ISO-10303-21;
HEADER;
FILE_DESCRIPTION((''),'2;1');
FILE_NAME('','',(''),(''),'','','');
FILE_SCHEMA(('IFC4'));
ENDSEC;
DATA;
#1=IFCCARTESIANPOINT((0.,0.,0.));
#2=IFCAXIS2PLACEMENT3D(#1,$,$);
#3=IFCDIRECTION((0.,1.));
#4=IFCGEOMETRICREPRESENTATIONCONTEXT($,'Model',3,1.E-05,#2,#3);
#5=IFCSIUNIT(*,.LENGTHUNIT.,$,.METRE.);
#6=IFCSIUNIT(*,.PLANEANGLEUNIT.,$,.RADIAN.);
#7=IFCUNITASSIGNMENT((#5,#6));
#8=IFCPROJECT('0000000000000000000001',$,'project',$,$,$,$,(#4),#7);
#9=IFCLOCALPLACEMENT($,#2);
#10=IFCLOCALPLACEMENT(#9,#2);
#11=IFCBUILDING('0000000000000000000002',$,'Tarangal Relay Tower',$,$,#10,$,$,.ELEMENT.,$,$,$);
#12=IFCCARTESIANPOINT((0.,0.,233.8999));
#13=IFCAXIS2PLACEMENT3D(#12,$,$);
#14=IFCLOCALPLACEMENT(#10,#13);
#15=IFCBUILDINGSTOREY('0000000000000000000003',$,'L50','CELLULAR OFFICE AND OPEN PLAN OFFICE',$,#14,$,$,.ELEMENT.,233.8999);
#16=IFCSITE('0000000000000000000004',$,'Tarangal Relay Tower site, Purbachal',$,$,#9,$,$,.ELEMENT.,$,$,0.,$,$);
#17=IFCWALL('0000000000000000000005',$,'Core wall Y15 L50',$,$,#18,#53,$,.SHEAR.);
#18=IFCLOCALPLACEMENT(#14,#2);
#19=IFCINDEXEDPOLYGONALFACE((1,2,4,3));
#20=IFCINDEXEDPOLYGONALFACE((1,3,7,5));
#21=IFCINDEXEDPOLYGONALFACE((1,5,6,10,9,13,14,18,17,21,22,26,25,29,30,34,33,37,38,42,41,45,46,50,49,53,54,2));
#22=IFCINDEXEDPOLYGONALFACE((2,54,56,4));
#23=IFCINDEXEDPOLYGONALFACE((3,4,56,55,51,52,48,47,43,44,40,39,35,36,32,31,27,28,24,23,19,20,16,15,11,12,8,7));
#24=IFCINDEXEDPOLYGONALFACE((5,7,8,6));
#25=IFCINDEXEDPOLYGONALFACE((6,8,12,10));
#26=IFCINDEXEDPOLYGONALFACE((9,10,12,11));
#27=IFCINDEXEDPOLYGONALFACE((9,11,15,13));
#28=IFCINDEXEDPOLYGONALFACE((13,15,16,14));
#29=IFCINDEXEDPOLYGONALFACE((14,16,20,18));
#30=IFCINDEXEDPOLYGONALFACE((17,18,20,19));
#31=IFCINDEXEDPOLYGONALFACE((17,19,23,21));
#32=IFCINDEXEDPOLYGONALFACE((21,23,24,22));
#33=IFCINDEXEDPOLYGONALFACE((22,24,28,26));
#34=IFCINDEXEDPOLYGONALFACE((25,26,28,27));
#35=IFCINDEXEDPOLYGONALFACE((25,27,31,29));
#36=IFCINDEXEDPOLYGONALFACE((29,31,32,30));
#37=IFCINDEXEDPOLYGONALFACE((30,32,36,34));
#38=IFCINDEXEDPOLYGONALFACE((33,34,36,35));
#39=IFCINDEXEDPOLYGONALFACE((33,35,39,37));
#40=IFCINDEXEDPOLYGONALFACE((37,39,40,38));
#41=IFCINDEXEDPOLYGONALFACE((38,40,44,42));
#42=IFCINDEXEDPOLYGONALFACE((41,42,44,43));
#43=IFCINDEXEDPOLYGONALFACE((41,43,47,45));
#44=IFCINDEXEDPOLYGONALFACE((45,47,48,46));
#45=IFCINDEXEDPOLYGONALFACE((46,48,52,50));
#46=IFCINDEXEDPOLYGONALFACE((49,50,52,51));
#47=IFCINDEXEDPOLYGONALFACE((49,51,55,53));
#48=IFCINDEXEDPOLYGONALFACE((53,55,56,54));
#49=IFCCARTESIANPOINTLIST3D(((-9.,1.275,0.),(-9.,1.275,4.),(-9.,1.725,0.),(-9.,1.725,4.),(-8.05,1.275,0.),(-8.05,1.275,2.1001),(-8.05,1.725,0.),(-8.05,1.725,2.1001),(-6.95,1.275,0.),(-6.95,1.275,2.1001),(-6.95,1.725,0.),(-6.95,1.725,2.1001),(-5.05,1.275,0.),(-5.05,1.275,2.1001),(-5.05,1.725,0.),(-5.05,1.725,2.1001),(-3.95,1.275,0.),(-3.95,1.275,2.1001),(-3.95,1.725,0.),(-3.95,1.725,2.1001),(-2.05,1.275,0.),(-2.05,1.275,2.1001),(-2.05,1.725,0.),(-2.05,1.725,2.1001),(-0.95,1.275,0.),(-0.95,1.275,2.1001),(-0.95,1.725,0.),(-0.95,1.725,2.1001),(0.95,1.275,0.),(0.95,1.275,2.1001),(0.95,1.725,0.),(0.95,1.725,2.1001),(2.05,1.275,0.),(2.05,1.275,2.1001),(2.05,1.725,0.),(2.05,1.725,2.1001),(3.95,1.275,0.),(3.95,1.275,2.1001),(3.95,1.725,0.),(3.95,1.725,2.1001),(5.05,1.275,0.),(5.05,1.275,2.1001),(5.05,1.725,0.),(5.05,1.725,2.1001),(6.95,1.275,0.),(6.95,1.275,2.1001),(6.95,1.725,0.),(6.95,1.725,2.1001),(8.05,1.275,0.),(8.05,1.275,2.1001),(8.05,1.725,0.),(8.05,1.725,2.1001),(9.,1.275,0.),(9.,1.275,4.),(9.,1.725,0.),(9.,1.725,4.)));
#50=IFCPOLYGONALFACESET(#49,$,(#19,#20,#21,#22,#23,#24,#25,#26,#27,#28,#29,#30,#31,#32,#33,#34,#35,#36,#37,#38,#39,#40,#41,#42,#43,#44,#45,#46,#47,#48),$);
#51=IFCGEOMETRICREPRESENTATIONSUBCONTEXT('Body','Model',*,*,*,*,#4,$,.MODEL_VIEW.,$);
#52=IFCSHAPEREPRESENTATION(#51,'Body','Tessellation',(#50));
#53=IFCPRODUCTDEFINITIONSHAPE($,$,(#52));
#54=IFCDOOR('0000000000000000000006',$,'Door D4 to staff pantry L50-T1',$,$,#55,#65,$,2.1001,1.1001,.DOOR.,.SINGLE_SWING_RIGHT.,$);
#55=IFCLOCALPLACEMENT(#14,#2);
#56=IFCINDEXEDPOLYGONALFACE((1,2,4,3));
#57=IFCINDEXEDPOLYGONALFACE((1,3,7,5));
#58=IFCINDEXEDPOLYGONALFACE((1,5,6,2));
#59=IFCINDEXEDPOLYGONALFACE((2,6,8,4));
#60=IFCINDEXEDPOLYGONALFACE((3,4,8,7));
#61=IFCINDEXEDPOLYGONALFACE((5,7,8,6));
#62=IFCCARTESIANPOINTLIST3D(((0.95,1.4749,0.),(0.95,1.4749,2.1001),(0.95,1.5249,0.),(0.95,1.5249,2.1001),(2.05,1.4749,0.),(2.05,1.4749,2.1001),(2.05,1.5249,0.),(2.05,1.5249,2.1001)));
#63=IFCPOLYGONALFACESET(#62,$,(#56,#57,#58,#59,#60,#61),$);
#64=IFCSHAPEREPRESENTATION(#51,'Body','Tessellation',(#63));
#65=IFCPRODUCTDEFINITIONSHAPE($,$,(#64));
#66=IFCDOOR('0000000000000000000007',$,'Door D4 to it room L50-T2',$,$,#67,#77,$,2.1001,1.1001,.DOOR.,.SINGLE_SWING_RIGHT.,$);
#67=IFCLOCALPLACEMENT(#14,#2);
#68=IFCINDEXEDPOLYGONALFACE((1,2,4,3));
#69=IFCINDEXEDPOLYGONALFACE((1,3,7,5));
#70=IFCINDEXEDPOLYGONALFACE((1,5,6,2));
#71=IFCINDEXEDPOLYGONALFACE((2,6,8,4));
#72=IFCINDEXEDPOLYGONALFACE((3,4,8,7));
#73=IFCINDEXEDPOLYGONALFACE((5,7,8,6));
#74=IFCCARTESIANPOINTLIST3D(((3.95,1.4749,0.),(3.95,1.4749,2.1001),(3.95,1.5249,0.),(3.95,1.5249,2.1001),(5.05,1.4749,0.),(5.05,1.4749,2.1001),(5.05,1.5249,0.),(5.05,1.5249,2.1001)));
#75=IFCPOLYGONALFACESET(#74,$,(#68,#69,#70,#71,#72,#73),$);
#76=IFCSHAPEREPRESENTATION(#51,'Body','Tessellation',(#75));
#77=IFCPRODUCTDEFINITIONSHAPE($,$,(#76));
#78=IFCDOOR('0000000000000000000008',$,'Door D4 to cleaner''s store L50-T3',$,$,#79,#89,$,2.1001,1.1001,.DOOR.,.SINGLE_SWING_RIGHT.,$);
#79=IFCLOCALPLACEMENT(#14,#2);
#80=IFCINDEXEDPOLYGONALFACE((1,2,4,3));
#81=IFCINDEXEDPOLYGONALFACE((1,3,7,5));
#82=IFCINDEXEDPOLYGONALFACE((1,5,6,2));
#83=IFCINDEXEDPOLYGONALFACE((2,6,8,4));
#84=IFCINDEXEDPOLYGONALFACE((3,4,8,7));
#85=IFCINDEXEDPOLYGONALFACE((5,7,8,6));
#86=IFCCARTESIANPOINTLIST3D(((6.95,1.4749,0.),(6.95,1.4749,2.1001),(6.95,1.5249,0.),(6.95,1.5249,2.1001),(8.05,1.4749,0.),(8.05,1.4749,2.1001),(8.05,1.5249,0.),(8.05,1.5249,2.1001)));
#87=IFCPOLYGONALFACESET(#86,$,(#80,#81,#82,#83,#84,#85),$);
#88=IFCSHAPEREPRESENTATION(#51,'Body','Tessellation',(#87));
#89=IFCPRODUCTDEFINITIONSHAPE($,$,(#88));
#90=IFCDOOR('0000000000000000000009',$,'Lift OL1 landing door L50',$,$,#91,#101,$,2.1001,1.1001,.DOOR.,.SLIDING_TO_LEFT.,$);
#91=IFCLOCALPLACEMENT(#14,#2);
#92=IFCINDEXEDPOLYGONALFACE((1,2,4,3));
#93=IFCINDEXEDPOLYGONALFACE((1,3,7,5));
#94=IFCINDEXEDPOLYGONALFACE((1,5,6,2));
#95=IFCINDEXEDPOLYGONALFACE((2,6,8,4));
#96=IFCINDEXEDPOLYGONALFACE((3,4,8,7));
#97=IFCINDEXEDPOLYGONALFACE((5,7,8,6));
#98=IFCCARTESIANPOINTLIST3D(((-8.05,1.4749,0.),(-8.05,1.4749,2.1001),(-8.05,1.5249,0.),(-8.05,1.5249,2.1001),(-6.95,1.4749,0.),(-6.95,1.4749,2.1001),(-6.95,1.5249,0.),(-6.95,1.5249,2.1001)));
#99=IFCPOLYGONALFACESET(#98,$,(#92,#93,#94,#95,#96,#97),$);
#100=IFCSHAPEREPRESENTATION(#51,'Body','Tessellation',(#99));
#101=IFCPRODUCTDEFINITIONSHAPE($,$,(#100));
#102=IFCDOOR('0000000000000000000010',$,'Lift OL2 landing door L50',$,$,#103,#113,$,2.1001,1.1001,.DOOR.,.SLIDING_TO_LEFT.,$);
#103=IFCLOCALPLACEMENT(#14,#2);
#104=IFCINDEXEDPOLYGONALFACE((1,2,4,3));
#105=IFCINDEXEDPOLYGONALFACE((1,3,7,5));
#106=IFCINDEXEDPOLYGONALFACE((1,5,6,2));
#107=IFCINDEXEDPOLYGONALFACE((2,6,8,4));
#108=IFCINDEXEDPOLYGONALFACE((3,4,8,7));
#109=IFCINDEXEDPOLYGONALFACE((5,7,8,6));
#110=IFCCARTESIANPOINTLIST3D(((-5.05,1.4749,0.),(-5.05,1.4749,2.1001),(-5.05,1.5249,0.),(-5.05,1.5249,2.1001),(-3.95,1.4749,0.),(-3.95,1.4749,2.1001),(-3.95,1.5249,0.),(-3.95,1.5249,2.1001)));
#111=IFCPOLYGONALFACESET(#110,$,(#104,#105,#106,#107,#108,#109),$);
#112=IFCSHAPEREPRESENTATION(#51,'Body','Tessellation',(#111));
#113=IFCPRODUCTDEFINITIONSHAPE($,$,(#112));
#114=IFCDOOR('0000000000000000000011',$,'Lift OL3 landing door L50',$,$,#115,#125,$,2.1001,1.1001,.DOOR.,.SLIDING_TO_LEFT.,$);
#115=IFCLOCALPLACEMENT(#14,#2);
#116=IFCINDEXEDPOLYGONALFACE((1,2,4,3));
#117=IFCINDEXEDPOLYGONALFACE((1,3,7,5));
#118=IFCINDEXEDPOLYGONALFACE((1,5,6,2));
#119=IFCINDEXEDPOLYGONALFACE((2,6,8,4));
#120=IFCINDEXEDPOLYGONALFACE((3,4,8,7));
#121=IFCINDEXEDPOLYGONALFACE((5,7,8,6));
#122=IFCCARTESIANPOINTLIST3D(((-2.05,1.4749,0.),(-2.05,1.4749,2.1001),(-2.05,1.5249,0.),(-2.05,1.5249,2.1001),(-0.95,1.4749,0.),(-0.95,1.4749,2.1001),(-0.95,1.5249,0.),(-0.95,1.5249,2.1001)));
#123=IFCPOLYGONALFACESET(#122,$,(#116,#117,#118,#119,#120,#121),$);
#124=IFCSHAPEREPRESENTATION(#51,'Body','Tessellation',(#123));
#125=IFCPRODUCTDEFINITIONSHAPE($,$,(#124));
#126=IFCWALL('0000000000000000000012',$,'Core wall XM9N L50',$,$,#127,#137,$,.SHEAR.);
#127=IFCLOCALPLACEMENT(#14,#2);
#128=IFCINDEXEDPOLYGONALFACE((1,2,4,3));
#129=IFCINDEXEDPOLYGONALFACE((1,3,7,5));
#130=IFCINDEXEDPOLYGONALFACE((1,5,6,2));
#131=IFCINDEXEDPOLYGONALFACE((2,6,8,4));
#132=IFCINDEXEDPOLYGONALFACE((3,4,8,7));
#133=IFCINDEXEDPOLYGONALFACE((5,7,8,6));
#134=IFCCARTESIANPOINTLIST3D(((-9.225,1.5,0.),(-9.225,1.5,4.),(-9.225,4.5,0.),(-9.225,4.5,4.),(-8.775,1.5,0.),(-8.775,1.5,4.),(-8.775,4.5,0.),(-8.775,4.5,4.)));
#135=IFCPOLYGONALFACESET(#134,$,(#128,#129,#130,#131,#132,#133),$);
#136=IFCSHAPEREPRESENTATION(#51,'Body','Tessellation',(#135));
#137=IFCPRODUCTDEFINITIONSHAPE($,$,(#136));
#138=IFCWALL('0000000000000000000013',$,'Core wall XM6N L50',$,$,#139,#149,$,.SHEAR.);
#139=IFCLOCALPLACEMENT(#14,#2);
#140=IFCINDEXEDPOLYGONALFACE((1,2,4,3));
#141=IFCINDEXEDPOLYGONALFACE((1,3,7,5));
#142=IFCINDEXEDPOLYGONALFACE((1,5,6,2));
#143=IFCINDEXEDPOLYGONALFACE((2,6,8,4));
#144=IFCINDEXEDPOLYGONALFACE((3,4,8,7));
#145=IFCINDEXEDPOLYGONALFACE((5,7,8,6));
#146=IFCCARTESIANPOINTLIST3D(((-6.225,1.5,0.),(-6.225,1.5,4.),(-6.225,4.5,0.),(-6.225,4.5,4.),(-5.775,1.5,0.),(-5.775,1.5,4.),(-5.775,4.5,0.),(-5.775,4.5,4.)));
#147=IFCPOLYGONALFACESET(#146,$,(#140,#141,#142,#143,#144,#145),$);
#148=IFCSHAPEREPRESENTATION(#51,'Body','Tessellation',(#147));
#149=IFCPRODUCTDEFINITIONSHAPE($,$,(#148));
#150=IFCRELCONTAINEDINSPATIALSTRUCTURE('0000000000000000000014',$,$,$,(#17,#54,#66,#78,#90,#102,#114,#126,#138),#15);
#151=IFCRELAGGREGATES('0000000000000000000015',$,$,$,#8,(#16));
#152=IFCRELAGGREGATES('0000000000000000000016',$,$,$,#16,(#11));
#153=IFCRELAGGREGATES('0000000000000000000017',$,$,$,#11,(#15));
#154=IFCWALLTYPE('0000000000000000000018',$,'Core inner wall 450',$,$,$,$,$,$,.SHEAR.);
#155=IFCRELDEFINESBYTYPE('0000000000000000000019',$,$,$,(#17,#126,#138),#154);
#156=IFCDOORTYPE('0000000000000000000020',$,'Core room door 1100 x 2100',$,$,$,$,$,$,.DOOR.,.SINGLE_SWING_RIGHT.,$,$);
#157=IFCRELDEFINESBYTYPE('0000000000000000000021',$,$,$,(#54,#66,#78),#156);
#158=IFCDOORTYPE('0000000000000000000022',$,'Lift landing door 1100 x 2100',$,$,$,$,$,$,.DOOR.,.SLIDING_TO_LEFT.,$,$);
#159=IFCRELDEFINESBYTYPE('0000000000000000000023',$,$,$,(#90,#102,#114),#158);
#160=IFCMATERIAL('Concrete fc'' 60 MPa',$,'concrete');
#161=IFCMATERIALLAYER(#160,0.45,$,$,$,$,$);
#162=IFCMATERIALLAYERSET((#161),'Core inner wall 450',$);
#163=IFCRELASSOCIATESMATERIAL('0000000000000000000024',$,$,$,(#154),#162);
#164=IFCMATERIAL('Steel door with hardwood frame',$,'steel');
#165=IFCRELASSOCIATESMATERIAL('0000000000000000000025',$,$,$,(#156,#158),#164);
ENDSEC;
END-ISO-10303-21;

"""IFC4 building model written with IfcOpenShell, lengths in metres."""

from ifc_helpers import new_model, si_unit, direction, frame, frame_2d, origin, place, context, subcontext, project, spatial, rectangle, extrude, material, layer, layer_set, type_object, element, fill, save


model = new_model("IFC4")

# Units and contexts
model_context = context("Model", 3, precision=1e-05, world=origin(), true_north=direction((0.0, 1.0)))
body_context = subcontext(model_context, "Body", "Model", "MODEL_VIEW")
ifc_project = project(units=[si_unit("LENGTHUNIT", "METRE"), si_unit("PLANEANGLEUNIT", "RADIAN")], contexts=[model_context])

# Site, building, storey
site_placement = place(None, origin())
site = spatial("IfcSite", under=ifc_project, at=site_placement, Name="Tarangal Relay Tower site, Purbachal", CompositionType="ELEMENT", RefElevation=0.0)
building_placement = place(site_placement, origin())
building = spatial("IfcBuilding", under=site, at=building_placement, Name="Tarangal Relay Tower", CompositionType="ELEMENT")
storey_placement = place(building_placement, frame((0.0, 0.0, 233.8999)))
storey = spatial("IfcBuildingStorey", under=building, at=storey_placement, Name="L50", Description="CELLULAR OFFICE AND OPEN PLAN OFFICE", CompositionType="ELEMENT", Elevation=233.8999)

# Wall, openings, doors
ifc_material_1 = material(Name="Concrete fc' 60 MPa", Category="concrete")
ifc_layer = layer(ifc_material_1, 0.45)
ifc_layer_set = layer_set([ifc_layer], Name="Core inner wall 450")
wall_type = type_object("IfcWallType", Name="Core inner wall 450", PredefinedType="SHEAR", material=ifc_layer_set)
ifc_material_2 = material(Name="Steel door with hardwood frame", Category="steel")
wall_1_placement = place(storey_placement, frame((-9.0, 1.5, 0.0), z_axis=(0.0, 0.0, 1.0), x_axis=(1.0, 0.0, 0.0)))
wall_1 = element("IfcWall", 1, at=wall_1_placement, inside=storey, type_object=wall_type, Name="Core wall Y15 L50", PredefinedType="SHEAR", context=body_context, shape_type="SweptSolid", body=[
    extrude(rectangle(XDim=18.0, YDim=0.45, at=frame_2d((9.0, 0.0))), origin(), (0.0, 0.0, 1.0), 4.0),
])
opening_1_placement = place(wall_1_placement, frame((0.95, 0.0, 0.0)))
opening_1 = element("IfcOpeningElement", 2, at=opening_1_placement, cuts=wall_1, PredefinedType="OPENING", context=body_context, shape_type="SweptSolid", body=[
    extrude(rectangle(XDim=1.1001, YDim=2.1001, at=frame_2d((0.55, 1.05))), frame((0.0, 0.2349, 0.0), z_axis=(0.0, -1.0, 0.0), x_axis=(1.0, 0.0, 0.0)), (0.0, 0.0, 1.0), 0.47),
])
opening_2_placement = place(wall_1_placement, frame((3.95, 0.0, 0.0)))
opening_2 = element("IfcOpeningElement", 3, at=opening_2_placement, cuts=wall_1, PredefinedType="OPENING", context=body_context, shape_type="SweptSolid", body=[
    extrude(rectangle(XDim=1.1001, YDim=2.1001, at=frame_2d((0.55, 1.05))), frame((0.0, 0.2349, 0.0), z_axis=(0.0, -1.0, 0.0), x_axis=(1.0, 0.0, 0.0)), (0.0, 0.0, 1.0), 0.47),
])
opening_3_placement = place(wall_1_placement, frame((6.95, 0.0, 0.0)))
opening_3 = element("IfcOpeningElement", 4, at=opening_3_placement, cuts=wall_1, PredefinedType="OPENING", context=body_context, shape_type="SweptSolid", body=[
    extrude(rectangle(XDim=1.1001, YDim=2.1001, at=frame_2d((0.55, 1.05))), frame((0.0, 0.2349, 0.0), z_axis=(0.0, -1.0, 0.0), x_axis=(1.0, 0.0, 0.0)), (0.0, 0.0, 1.0), 0.47),
])
opening_4_placement = place(wall_1_placement, frame((9.95, 0.0, 0.0)))
opening_4 = element("IfcOpeningElement", 5, at=opening_4_placement, cuts=wall_1, PredefinedType="OPENING", context=body_context, shape_type="SweptSolid", body=[
    extrude(rectangle(XDim=1.1001, YDim=2.1001, at=frame_2d((0.55, 1.05))), frame((0.0, 0.2349, 0.0), z_axis=(0.0, -1.0, 0.0), x_axis=(1.0, 0.0, 0.0)), (0.0, 0.0, 1.0), 0.47),
])
opening_5_placement = place(wall_1_placement, frame((12.95, 0.0, 0.0)))
opening_5 = element("IfcOpeningElement", 6, at=opening_5_placement, cuts=wall_1, PredefinedType="OPENING", context=body_context, shape_type="SweptSolid", body=[
    extrude(rectangle(XDim=1.1001, YDim=2.1001, at=frame_2d((0.55, 1.05))), frame((0.0, 0.2349, 0.0), z_axis=(0.0, -1.0, 0.0), x_axis=(1.0, 0.0, 0.0)), (0.0, 0.0, 1.0), 0.47),
])
opening_6_placement = place(wall_1_placement, frame((15.95, 0.0, 0.0)))
opening_6 = element("IfcOpeningElement", 7, at=opening_6_placement, cuts=wall_1, PredefinedType="OPENING", context=body_context, shape_type="SweptSolid", body=[
    extrude(rectangle(XDim=1.1001, YDim=2.1001, at=frame_2d((0.55, 1.05))), frame((0.0, 0.2349, 0.0), z_axis=(0.0, -1.0, 0.0), x_axis=(1.0, 0.0, 0.0)), (0.0, 0.0, 1.0), 0.47),
])
door_type_1 = type_object("IfcDoorType", Name="Core room door 1100 x 2100", OperationType="SINGLE_SWING_RIGHT", PredefinedType="DOOR", material=ifc_material_2)
door_1_placement = place(opening_4_placement, origin())
door_1 = element("IfcDoor", 8, at=door_1_placement, inside=storey, type_object=door_type_1, Name="Door D4 to staff pantry L50-T1", OperationType="SINGLE_SWING_RIGHT", OverallHeight=2.1001, OverallWidth=1.1001, PredefinedType="DOOR", context=body_context, shape_type="SweptSolid", body=[
    extrude(rectangle(XDim=1.1001, YDim=2.1001, at=frame_2d((0.55, 1.05))), frame((0.0, 0.0249, 0.0), z_axis=(0.0, -1.0, 0.0), x_axis=(1.0, 0.0, 0.0)), (0.0, 0.0, 1.0), 0.05),
])
fill(opening_4, door_1)
door_2_placement = place(opening_5_placement, origin())
door_2 = element("IfcDoor", 9, at=door_2_placement, inside=storey, type_object=door_type_1, Name="Door D4 to it room L50-T2", OperationType="SINGLE_SWING_RIGHT", OverallHeight=2.1001, OverallWidth=1.1001, PredefinedType="DOOR", context=body_context, shape_type="SweptSolid", body=[
    extrude(rectangle(XDim=1.1001, YDim=2.1001, at=frame_2d((0.55, 1.05))), frame((0.0, 0.0249, 0.0), z_axis=(0.0, -1.0, 0.0), x_axis=(1.0, 0.0, 0.0)), (0.0, 0.0, 1.0), 0.05),
])
fill(opening_5, door_2)
door_3_placement = place(opening_6_placement, origin())
door_3 = element("IfcDoor", 10, at=door_3_placement, inside=storey, type_object=door_type_1, Name="Door D4 to cleaner's store L50-T3", OperationType="SINGLE_SWING_RIGHT", OverallHeight=2.1001, OverallWidth=1.1001, PredefinedType="DOOR", context=body_context, shape_type="SweptSolid", body=[
    extrude(rectangle(XDim=1.1001, YDim=2.1001, at=frame_2d((0.55, 1.05))), frame((0.0, 0.0249, 0.0), z_axis=(0.0, -1.0, 0.0), x_axis=(1.0, 0.0, 0.0)), (0.0, 0.0, 1.0), 0.05),
])
fill(opening_6, door_3)
door_type_2 = type_object("IfcDoorType", Name="Lift landing door 1100 x 2100", OperationType="SLIDING_TO_LEFT", PredefinedType="DOOR", material=ifc_material_2)
door_4_placement = place(opening_1_placement, origin())
door_4 = element("IfcDoor", 11, at=door_4_placement, inside=storey, type_object=door_type_2, Name="Lift OL1 landing door L50", OperationType="SLIDING_TO_LEFT", OverallHeight=2.1001, OverallWidth=1.1001, PredefinedType="DOOR", context=body_context, shape_type="SweptSolid", body=[
    extrude(rectangle(XDim=1.1001, YDim=2.1001, at=frame_2d((0.55, 1.05))), frame((0.0, 0.0249, 0.0), z_axis=(0.0, -1.0, 0.0), x_axis=(1.0, 0.0, 0.0)), (0.0, 0.0, 1.0), 0.05),
])
fill(opening_1, door_4)
door_5_placement = place(opening_2_placement, origin())
door_5 = element("IfcDoor", 12, at=door_5_placement, inside=storey, type_object=door_type_2, Name="Lift OL2 landing door L50", OperationType="SLIDING_TO_LEFT", OverallHeight=2.1001, OverallWidth=1.1001, PredefinedType="DOOR", context=body_context, shape_type="SweptSolid", body=[
    extrude(rectangle(XDim=1.1001, YDim=2.1001, at=frame_2d((0.55, 1.05))), frame((0.0, 0.0249, 0.0), z_axis=(0.0, -1.0, 0.0), x_axis=(1.0, 0.0, 0.0)), (0.0, 0.0, 1.0), 0.05),
])
fill(opening_2, door_5)
door_6_placement = place(opening_3_placement, origin())
door_6 = element("IfcDoor", 13, at=door_6_placement, inside=storey, type_object=door_type_2, Name="Lift OL3 landing door L50", OperationType="SLIDING_TO_LEFT", OverallHeight=2.1001, OverallWidth=1.1001, PredefinedType="DOOR", context=body_context, shape_type="SweptSolid", body=[
    extrude(rectangle(XDim=1.1001, YDim=2.1001, at=frame_2d((0.55, 1.05))), frame((0.0, 0.0249, 0.0), z_axis=(0.0, -1.0, 0.0), x_axis=(1.0, 0.0, 0.0)), (0.0, 0.0, 1.0), 0.05),
])
fill(opening_3, door_6)

# Walls
for number, where, z_axis, x_axis, name in (
    (14, (-9.0, 1.5, 0.0), (0.0, 0.0, 1.0), (0.0, 1.0, 0.0), "Core wall XM9N L50"),
    (15, (-6.0, 1.5, 0.0), (0.0, 0.0, 1.0), (0.0, 1.0, 0.0), "Core wall XM6N L50"),
):
    element("IfcWall", number, at=place(storey_placement, frame(where, z_axis=z_axis, x_axis=x_axis)), inside=storey, type_object=wall_type, Name=name, PredefinedType="SHEAR", context=body_context, shape_type="SweptSolid", body=[
        extrude(rectangle(XDim=3.0, YDim=0.45, at=frame_2d((1.5, 0.0))), origin(), (0.0, 0.0, 1.0), 4.0),
    ])

save(model, "model.ifc")
